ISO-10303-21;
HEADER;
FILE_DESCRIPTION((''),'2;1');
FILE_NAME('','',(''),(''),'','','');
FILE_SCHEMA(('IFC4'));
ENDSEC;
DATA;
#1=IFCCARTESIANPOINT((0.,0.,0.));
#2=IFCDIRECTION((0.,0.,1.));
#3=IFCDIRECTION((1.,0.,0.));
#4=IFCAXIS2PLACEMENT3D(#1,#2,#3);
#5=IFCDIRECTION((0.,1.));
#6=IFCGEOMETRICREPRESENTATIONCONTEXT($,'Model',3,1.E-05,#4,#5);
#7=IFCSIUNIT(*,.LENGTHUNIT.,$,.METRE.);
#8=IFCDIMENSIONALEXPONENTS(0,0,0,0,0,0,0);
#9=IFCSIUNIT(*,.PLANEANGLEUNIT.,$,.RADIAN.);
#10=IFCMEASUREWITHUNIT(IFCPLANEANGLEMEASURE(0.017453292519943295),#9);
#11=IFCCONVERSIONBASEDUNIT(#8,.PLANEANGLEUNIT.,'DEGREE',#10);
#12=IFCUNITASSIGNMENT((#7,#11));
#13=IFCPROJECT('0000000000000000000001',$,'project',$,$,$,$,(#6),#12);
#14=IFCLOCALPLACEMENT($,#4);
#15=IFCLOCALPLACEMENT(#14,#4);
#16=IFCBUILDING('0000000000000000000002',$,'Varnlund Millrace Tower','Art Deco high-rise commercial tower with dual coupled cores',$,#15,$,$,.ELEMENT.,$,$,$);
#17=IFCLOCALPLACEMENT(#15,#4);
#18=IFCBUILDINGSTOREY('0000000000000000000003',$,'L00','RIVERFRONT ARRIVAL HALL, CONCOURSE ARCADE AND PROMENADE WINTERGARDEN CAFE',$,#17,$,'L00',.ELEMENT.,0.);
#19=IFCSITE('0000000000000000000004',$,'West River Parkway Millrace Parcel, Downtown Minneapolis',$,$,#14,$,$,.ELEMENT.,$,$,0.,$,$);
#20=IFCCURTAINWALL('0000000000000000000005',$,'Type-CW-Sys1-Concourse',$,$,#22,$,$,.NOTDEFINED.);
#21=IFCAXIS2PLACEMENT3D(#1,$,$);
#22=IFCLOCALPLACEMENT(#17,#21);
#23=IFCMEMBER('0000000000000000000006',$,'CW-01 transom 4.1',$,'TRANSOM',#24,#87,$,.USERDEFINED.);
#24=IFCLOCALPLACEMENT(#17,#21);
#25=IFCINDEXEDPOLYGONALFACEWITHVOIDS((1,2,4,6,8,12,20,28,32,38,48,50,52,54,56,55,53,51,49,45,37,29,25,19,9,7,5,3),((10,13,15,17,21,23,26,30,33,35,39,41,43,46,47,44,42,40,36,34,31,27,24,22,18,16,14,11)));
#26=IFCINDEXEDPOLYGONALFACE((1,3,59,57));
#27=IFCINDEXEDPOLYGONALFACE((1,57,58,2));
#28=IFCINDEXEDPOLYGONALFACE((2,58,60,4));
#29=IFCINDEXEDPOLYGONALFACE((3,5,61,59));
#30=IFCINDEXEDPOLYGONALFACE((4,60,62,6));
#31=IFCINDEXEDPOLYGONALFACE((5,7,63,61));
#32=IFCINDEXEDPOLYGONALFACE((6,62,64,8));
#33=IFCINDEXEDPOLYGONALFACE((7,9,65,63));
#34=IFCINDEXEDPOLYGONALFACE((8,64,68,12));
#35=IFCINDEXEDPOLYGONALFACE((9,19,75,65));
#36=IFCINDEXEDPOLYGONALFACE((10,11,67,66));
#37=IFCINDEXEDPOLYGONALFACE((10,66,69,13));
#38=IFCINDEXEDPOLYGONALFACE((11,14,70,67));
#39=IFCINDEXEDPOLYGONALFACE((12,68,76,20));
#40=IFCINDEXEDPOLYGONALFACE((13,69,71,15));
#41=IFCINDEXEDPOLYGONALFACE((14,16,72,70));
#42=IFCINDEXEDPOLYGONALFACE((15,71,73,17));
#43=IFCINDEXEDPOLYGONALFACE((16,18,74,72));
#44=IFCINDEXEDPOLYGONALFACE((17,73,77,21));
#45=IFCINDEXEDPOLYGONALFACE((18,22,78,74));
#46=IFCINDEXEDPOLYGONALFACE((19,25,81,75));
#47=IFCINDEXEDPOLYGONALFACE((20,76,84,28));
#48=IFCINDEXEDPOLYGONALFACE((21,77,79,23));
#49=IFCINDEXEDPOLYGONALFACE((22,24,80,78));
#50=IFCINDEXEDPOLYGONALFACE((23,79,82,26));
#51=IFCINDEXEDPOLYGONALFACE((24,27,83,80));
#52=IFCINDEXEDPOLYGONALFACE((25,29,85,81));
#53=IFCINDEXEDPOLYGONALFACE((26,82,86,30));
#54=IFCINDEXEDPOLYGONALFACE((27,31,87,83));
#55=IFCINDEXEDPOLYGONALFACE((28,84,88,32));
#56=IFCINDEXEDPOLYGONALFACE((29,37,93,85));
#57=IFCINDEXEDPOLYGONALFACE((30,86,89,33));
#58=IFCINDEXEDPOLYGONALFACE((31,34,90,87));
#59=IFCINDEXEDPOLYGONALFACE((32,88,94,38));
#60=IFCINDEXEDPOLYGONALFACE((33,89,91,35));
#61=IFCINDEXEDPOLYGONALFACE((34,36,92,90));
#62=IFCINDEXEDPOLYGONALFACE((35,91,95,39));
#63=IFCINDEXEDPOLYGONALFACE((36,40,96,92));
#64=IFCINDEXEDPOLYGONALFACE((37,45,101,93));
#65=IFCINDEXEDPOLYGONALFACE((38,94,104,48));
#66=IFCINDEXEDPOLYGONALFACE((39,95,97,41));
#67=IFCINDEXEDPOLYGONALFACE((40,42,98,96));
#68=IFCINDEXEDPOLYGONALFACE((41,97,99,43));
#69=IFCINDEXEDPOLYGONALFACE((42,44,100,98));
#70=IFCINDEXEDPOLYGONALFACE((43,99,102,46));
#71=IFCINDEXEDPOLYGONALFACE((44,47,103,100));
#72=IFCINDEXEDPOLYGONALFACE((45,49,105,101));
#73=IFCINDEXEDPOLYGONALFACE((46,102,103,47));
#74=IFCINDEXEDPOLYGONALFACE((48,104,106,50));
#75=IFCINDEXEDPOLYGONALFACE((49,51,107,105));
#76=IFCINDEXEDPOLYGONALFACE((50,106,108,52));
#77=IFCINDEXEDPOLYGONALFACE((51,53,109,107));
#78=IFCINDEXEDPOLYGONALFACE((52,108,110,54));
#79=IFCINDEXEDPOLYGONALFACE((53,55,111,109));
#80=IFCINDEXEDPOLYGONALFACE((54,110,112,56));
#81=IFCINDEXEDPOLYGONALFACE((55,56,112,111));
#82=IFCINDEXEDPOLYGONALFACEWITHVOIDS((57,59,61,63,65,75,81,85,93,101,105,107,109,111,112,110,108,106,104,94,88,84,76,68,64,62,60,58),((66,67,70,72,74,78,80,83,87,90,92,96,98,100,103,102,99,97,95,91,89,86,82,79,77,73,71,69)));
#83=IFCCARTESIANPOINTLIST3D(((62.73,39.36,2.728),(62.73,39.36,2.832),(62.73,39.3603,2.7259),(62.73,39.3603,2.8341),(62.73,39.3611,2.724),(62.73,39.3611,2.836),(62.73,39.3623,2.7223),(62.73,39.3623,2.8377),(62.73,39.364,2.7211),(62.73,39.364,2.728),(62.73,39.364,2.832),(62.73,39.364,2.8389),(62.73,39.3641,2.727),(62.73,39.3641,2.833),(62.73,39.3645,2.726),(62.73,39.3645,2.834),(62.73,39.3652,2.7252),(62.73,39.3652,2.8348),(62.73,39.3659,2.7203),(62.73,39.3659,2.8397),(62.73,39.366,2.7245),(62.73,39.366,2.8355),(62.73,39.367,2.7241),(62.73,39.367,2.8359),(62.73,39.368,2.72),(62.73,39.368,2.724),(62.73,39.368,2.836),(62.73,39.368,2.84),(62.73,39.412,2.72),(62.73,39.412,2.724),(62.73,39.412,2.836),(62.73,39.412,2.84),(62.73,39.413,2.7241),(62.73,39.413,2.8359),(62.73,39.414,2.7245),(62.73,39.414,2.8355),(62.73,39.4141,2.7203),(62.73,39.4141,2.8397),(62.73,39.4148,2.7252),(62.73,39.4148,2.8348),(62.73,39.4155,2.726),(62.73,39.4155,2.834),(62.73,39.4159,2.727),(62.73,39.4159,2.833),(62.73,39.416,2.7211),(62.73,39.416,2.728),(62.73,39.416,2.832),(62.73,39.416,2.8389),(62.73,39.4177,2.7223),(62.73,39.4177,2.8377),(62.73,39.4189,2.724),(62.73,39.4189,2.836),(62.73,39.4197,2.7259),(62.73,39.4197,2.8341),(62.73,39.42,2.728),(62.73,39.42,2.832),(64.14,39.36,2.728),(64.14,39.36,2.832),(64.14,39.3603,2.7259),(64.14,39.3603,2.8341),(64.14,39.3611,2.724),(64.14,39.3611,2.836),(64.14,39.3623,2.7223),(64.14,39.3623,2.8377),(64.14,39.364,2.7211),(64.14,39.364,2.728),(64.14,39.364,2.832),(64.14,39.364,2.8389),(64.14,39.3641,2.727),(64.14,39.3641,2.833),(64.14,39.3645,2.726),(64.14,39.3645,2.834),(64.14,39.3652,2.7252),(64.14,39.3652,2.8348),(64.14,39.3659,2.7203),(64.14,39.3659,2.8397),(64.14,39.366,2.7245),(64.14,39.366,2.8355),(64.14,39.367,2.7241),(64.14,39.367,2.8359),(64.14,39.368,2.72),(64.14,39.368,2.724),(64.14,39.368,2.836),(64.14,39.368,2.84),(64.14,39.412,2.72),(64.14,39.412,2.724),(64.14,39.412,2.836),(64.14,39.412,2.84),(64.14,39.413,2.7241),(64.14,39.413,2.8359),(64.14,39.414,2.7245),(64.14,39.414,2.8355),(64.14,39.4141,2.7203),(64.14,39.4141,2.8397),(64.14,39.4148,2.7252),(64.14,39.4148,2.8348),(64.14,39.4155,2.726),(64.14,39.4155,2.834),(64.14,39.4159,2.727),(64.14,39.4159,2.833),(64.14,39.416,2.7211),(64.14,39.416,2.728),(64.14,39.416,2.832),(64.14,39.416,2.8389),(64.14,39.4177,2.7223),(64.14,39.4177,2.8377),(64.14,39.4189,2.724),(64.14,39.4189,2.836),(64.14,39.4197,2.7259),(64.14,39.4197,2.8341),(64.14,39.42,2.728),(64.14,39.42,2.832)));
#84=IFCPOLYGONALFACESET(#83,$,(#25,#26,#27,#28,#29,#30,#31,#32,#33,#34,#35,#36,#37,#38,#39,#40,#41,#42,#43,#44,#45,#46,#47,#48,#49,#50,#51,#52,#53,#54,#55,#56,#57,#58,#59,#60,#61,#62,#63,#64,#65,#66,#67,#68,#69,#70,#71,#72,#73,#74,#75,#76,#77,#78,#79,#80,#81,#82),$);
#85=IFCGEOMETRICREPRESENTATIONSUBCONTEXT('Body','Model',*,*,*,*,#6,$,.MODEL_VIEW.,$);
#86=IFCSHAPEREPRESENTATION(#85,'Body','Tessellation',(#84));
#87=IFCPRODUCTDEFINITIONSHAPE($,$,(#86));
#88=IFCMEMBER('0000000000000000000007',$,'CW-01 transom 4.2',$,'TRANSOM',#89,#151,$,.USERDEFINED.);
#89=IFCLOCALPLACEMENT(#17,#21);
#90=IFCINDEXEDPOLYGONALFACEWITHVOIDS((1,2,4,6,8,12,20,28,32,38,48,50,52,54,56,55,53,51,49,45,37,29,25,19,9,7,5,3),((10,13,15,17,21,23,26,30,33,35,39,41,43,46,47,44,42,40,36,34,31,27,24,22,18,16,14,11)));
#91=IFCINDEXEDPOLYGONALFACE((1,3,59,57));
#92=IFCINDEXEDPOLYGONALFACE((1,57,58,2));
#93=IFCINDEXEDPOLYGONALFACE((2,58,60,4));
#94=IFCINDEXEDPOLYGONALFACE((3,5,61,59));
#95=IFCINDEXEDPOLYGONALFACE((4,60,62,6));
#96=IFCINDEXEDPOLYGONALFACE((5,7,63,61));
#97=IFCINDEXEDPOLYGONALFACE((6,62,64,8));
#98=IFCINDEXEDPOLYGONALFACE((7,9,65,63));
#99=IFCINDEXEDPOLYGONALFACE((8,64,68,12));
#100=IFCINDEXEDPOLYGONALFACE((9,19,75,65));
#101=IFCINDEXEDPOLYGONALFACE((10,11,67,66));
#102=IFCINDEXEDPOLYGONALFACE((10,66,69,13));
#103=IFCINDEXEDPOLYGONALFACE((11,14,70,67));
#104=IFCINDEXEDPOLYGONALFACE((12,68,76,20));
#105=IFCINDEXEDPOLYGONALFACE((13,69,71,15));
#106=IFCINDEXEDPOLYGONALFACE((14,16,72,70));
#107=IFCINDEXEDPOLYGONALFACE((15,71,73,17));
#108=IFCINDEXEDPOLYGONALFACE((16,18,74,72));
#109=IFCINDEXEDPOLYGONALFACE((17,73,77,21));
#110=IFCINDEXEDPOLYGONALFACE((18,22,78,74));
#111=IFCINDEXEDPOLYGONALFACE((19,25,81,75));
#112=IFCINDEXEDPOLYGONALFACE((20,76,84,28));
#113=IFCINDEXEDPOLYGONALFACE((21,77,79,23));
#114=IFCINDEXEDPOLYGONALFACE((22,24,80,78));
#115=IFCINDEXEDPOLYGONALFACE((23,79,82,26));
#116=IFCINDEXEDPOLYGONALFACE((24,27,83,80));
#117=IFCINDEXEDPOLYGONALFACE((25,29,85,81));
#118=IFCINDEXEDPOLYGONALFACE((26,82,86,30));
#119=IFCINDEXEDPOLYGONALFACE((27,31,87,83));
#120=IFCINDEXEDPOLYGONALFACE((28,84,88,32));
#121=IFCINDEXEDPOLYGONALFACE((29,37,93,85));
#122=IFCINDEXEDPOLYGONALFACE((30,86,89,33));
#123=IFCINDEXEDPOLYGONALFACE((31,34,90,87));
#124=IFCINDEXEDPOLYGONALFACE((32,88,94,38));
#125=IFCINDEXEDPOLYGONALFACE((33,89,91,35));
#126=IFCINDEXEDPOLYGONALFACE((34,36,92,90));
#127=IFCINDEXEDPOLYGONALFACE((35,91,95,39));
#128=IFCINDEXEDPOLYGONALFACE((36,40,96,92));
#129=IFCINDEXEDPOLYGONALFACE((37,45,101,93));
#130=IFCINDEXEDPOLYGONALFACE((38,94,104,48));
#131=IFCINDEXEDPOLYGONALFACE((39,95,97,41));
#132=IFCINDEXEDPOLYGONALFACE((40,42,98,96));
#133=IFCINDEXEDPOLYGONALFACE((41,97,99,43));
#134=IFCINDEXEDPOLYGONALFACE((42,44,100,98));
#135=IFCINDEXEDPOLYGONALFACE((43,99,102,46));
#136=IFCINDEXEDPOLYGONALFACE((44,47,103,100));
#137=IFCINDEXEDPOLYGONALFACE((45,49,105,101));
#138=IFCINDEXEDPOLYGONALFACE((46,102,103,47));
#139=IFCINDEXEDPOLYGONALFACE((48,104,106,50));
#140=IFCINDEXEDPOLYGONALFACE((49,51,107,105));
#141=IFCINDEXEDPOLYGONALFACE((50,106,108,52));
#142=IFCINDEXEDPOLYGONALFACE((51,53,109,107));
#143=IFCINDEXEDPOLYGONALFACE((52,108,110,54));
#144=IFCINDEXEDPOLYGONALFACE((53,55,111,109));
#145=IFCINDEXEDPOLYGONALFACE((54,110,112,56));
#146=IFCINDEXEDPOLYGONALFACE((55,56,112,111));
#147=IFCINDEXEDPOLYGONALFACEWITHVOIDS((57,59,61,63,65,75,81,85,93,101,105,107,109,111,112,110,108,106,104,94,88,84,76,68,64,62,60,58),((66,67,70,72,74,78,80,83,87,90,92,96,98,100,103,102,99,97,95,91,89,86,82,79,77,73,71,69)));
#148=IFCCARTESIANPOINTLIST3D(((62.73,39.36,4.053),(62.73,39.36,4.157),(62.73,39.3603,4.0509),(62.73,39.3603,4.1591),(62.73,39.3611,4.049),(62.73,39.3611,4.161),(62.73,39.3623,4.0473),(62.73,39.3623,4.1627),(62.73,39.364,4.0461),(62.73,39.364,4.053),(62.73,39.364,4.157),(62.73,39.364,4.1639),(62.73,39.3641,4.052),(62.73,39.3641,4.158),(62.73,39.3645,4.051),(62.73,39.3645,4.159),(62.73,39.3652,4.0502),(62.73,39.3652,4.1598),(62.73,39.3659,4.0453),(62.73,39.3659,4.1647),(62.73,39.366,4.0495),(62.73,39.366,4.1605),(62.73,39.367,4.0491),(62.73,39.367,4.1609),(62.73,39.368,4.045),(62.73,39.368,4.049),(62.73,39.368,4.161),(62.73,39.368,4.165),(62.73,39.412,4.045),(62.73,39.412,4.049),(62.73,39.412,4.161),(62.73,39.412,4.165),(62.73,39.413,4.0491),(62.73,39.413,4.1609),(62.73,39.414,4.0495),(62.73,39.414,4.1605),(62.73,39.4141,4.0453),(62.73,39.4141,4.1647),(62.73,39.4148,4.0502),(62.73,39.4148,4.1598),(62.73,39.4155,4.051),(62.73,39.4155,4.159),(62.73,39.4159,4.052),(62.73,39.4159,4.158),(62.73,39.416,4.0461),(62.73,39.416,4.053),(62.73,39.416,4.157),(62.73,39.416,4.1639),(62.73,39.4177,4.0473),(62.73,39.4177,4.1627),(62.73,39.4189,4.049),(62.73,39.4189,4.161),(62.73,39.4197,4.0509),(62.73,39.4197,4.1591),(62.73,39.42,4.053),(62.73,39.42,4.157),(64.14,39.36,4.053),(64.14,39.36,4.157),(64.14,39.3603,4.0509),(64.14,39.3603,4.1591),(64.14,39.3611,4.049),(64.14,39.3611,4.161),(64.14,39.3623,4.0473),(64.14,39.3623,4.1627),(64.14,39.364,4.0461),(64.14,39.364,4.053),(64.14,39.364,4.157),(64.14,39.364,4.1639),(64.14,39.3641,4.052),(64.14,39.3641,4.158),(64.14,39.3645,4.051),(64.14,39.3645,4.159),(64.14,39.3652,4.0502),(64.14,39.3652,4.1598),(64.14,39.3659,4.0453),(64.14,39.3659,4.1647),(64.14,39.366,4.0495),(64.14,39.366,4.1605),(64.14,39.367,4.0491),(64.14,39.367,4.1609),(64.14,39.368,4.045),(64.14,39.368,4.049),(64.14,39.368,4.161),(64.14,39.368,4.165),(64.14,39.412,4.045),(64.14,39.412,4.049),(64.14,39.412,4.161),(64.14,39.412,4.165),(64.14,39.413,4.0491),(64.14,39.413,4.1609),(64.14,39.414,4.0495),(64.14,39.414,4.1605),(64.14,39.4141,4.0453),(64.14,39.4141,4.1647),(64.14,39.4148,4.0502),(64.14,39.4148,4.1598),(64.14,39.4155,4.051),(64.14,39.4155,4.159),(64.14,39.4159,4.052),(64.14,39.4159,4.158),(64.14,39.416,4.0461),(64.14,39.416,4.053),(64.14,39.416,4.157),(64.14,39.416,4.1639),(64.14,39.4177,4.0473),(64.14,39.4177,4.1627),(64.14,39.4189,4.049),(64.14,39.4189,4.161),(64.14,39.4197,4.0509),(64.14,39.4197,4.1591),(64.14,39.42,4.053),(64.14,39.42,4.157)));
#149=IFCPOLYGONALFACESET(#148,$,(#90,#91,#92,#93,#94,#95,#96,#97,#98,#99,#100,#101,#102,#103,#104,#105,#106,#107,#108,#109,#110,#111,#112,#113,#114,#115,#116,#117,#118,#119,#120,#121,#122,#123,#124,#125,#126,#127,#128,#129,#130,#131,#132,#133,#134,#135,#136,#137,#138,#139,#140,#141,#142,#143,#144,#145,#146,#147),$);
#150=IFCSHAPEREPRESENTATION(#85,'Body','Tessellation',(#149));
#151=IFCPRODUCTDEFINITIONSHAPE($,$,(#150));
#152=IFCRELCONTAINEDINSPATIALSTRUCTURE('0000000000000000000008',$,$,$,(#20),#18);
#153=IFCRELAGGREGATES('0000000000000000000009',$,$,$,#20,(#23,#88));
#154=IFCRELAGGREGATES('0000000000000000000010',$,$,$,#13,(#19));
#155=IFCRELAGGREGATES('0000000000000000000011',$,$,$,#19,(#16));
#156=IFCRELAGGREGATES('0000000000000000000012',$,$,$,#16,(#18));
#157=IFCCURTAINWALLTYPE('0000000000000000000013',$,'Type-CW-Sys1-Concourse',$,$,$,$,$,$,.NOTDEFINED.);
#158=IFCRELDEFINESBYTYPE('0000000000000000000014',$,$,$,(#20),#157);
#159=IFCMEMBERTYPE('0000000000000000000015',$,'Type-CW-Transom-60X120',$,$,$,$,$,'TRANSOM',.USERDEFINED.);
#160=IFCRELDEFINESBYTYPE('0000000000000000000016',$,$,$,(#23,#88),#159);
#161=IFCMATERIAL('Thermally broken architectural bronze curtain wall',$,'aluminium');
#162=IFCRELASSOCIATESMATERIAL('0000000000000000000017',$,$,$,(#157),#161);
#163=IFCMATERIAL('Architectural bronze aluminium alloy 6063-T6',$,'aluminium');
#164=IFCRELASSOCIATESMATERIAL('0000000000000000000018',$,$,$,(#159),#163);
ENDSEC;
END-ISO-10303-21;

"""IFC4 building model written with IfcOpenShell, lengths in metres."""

from ifc_helpers import new_model, entity, si_unit, converted_unit, direction, frame, origin_with_axes, origin_2d_with_axis, place, context, subcontext, project, spatial, hollow_rectangle, extrude, material, material_profile, profile_set, type_object, element, aggregate, save


model = new_model("IFC4")

# Units and contexts
model_context = context("Model", 3, precision=1e-05, world=origin_with_axes(), true_north=direction((0.0, 1.0)))
body_context = subcontext(model_context, "Body", "Model", "MODEL_VIEW")
ifc_project = project(units=[si_unit("LENGTHUNIT", "METRE"), converted_unit("PLANEANGLEUNIT", "DEGREE", entity("IfcPlaneAngleMeasure", 0.017453292519943295), si_unit("PLANEANGLEUNIT", "RADIAN"), dimensions=[0, 0, 0, 0, 0, 0, 0])], contexts=[model_context])

# Site, building, storey
site_placement = place(None, origin_with_axes())
site = spatial("IfcSite", under=ifc_project, at=site_placement, Name="West River Parkway Millrace Parcel, Downtown Minneapolis", CompositionType="ELEMENT", RefElevation=0.0)
building_placement = place(site_placement, origin_with_axes())
building = spatial("IfcBuilding", under=site, at=building_placement, Name="Varnlund Millrace Tower", Description="Art Deco high-rise commercial tower with dual coupled cores", CompositionType="ELEMENT")
storey_placement = place(building_placement, origin_with_axes())
storey = spatial("IfcBuildingStorey", under=building, at=storey_placement, Name="L00", Description="RIVERFRONT ARRIVAL HALL, CONCOURSE ARCADE AND PROMENADE WINTERGARDEN CAFE", LongName="L00", CompositionType="ELEMENT", Elevation=0.0)

# Curtain wall, members
ifc_material_1 = material(Name="Thermally broken architectural bronze curtain wall", Category="aluminium")
curtain_wall_type = type_object("IfcCurtainWallType", Name="Type-CW-Sys1-Concourse", PredefinedType="NOTDEFINED", material=ifc_material_1)
curtain_wall_1_placement = place(storey_placement, frame((58.2, 39.39, 2.75), z_axis=(0.0, 0.0, 1.0), x_axis=(1.0, 0.0, 0.0)))
curtain_wall_1 = element("IfcCurtainWall", 1, at=curtain_wall_1_placement, inside=storey, type_object=curtain_wall_type, Name="Type-CW-Sys1-Concourse", PredefinedType="NOTDEFINED")
ifc_material_2 = material(Name="Architectural bronze aluminium alloy 6063-T6", Category="aluminium")
ifc_material_profile_1 = material_profile(ifc_material_2, hollow_rectangle(XDim=0.06, YDim=0.12, WallThickness=0.004, InnerFilletRadius=0.004, OuterFilletRadius=0.008, at=origin_2d_with_axis()), Name="Architectural bronze aluminium alloy 6063-T6")
ifc_profile_set_1 = profile_set([ifc_material_profile_1], Name="Architectural bronze aluminium alloy 6063-T6")
member_type_1 = type_object("IfcMemberType", Name="Type-CW-Transom-60X120", ElementType="TRANSOM", PredefinedType="USERDEFINED", material=ifc_profile_set_1)
member_1_placement = place(storey_placement, frame((62.73, 39.39, 2.78), z_axis=(1.0, 0.0, 0.0), x_axis=(0.0, 1.0, 0.0)))
member_1 = element("IfcMember", 2, at=member_1_placement, type_object=member_type_1, Name="CW-01 transom 4.1", ObjectType="TRANSOM", PredefinedType="USERDEFINED", context=body_context, shape_type="SweptSolid", body=[
    extrude(hollow_rectangle(XDim=0.06, YDim=0.12, WallThickness=0.004, InnerFilletRadius=0.004, OuterFilletRadius=0.008, at=origin_2d_with_axis()), origin_with_axes(), (0.0, 0.0, 1.0), 1.41),
])
member_2_placement = place(storey_placement, frame((62.73, 39.39, 4.105), z_axis=(1.0, 0.0, 0.0), x_axis=(0.0, 1.0, 0.0)))
member_2 = element("IfcMember", 3, at=member_2_placement, type_object=member_type_1, Name="CW-01 transom 4.2", ObjectType="TRANSOM", PredefinedType="USERDEFINED", context=body_context, shape_type="SweptSolid", body=[
    extrude(hollow_rectangle(XDim=0.06, YDim=0.12, WallThickness=0.004, InnerFilletRadius=0.004, OuterFilletRadius=0.008, at=origin_2d_with_axis()), origin_with_axes(), (0.0, 0.0, 1.0), 1.41),
])

aggregate(curtain_wall_1, [member_1, member_2])

save(model, "model.ifc")
